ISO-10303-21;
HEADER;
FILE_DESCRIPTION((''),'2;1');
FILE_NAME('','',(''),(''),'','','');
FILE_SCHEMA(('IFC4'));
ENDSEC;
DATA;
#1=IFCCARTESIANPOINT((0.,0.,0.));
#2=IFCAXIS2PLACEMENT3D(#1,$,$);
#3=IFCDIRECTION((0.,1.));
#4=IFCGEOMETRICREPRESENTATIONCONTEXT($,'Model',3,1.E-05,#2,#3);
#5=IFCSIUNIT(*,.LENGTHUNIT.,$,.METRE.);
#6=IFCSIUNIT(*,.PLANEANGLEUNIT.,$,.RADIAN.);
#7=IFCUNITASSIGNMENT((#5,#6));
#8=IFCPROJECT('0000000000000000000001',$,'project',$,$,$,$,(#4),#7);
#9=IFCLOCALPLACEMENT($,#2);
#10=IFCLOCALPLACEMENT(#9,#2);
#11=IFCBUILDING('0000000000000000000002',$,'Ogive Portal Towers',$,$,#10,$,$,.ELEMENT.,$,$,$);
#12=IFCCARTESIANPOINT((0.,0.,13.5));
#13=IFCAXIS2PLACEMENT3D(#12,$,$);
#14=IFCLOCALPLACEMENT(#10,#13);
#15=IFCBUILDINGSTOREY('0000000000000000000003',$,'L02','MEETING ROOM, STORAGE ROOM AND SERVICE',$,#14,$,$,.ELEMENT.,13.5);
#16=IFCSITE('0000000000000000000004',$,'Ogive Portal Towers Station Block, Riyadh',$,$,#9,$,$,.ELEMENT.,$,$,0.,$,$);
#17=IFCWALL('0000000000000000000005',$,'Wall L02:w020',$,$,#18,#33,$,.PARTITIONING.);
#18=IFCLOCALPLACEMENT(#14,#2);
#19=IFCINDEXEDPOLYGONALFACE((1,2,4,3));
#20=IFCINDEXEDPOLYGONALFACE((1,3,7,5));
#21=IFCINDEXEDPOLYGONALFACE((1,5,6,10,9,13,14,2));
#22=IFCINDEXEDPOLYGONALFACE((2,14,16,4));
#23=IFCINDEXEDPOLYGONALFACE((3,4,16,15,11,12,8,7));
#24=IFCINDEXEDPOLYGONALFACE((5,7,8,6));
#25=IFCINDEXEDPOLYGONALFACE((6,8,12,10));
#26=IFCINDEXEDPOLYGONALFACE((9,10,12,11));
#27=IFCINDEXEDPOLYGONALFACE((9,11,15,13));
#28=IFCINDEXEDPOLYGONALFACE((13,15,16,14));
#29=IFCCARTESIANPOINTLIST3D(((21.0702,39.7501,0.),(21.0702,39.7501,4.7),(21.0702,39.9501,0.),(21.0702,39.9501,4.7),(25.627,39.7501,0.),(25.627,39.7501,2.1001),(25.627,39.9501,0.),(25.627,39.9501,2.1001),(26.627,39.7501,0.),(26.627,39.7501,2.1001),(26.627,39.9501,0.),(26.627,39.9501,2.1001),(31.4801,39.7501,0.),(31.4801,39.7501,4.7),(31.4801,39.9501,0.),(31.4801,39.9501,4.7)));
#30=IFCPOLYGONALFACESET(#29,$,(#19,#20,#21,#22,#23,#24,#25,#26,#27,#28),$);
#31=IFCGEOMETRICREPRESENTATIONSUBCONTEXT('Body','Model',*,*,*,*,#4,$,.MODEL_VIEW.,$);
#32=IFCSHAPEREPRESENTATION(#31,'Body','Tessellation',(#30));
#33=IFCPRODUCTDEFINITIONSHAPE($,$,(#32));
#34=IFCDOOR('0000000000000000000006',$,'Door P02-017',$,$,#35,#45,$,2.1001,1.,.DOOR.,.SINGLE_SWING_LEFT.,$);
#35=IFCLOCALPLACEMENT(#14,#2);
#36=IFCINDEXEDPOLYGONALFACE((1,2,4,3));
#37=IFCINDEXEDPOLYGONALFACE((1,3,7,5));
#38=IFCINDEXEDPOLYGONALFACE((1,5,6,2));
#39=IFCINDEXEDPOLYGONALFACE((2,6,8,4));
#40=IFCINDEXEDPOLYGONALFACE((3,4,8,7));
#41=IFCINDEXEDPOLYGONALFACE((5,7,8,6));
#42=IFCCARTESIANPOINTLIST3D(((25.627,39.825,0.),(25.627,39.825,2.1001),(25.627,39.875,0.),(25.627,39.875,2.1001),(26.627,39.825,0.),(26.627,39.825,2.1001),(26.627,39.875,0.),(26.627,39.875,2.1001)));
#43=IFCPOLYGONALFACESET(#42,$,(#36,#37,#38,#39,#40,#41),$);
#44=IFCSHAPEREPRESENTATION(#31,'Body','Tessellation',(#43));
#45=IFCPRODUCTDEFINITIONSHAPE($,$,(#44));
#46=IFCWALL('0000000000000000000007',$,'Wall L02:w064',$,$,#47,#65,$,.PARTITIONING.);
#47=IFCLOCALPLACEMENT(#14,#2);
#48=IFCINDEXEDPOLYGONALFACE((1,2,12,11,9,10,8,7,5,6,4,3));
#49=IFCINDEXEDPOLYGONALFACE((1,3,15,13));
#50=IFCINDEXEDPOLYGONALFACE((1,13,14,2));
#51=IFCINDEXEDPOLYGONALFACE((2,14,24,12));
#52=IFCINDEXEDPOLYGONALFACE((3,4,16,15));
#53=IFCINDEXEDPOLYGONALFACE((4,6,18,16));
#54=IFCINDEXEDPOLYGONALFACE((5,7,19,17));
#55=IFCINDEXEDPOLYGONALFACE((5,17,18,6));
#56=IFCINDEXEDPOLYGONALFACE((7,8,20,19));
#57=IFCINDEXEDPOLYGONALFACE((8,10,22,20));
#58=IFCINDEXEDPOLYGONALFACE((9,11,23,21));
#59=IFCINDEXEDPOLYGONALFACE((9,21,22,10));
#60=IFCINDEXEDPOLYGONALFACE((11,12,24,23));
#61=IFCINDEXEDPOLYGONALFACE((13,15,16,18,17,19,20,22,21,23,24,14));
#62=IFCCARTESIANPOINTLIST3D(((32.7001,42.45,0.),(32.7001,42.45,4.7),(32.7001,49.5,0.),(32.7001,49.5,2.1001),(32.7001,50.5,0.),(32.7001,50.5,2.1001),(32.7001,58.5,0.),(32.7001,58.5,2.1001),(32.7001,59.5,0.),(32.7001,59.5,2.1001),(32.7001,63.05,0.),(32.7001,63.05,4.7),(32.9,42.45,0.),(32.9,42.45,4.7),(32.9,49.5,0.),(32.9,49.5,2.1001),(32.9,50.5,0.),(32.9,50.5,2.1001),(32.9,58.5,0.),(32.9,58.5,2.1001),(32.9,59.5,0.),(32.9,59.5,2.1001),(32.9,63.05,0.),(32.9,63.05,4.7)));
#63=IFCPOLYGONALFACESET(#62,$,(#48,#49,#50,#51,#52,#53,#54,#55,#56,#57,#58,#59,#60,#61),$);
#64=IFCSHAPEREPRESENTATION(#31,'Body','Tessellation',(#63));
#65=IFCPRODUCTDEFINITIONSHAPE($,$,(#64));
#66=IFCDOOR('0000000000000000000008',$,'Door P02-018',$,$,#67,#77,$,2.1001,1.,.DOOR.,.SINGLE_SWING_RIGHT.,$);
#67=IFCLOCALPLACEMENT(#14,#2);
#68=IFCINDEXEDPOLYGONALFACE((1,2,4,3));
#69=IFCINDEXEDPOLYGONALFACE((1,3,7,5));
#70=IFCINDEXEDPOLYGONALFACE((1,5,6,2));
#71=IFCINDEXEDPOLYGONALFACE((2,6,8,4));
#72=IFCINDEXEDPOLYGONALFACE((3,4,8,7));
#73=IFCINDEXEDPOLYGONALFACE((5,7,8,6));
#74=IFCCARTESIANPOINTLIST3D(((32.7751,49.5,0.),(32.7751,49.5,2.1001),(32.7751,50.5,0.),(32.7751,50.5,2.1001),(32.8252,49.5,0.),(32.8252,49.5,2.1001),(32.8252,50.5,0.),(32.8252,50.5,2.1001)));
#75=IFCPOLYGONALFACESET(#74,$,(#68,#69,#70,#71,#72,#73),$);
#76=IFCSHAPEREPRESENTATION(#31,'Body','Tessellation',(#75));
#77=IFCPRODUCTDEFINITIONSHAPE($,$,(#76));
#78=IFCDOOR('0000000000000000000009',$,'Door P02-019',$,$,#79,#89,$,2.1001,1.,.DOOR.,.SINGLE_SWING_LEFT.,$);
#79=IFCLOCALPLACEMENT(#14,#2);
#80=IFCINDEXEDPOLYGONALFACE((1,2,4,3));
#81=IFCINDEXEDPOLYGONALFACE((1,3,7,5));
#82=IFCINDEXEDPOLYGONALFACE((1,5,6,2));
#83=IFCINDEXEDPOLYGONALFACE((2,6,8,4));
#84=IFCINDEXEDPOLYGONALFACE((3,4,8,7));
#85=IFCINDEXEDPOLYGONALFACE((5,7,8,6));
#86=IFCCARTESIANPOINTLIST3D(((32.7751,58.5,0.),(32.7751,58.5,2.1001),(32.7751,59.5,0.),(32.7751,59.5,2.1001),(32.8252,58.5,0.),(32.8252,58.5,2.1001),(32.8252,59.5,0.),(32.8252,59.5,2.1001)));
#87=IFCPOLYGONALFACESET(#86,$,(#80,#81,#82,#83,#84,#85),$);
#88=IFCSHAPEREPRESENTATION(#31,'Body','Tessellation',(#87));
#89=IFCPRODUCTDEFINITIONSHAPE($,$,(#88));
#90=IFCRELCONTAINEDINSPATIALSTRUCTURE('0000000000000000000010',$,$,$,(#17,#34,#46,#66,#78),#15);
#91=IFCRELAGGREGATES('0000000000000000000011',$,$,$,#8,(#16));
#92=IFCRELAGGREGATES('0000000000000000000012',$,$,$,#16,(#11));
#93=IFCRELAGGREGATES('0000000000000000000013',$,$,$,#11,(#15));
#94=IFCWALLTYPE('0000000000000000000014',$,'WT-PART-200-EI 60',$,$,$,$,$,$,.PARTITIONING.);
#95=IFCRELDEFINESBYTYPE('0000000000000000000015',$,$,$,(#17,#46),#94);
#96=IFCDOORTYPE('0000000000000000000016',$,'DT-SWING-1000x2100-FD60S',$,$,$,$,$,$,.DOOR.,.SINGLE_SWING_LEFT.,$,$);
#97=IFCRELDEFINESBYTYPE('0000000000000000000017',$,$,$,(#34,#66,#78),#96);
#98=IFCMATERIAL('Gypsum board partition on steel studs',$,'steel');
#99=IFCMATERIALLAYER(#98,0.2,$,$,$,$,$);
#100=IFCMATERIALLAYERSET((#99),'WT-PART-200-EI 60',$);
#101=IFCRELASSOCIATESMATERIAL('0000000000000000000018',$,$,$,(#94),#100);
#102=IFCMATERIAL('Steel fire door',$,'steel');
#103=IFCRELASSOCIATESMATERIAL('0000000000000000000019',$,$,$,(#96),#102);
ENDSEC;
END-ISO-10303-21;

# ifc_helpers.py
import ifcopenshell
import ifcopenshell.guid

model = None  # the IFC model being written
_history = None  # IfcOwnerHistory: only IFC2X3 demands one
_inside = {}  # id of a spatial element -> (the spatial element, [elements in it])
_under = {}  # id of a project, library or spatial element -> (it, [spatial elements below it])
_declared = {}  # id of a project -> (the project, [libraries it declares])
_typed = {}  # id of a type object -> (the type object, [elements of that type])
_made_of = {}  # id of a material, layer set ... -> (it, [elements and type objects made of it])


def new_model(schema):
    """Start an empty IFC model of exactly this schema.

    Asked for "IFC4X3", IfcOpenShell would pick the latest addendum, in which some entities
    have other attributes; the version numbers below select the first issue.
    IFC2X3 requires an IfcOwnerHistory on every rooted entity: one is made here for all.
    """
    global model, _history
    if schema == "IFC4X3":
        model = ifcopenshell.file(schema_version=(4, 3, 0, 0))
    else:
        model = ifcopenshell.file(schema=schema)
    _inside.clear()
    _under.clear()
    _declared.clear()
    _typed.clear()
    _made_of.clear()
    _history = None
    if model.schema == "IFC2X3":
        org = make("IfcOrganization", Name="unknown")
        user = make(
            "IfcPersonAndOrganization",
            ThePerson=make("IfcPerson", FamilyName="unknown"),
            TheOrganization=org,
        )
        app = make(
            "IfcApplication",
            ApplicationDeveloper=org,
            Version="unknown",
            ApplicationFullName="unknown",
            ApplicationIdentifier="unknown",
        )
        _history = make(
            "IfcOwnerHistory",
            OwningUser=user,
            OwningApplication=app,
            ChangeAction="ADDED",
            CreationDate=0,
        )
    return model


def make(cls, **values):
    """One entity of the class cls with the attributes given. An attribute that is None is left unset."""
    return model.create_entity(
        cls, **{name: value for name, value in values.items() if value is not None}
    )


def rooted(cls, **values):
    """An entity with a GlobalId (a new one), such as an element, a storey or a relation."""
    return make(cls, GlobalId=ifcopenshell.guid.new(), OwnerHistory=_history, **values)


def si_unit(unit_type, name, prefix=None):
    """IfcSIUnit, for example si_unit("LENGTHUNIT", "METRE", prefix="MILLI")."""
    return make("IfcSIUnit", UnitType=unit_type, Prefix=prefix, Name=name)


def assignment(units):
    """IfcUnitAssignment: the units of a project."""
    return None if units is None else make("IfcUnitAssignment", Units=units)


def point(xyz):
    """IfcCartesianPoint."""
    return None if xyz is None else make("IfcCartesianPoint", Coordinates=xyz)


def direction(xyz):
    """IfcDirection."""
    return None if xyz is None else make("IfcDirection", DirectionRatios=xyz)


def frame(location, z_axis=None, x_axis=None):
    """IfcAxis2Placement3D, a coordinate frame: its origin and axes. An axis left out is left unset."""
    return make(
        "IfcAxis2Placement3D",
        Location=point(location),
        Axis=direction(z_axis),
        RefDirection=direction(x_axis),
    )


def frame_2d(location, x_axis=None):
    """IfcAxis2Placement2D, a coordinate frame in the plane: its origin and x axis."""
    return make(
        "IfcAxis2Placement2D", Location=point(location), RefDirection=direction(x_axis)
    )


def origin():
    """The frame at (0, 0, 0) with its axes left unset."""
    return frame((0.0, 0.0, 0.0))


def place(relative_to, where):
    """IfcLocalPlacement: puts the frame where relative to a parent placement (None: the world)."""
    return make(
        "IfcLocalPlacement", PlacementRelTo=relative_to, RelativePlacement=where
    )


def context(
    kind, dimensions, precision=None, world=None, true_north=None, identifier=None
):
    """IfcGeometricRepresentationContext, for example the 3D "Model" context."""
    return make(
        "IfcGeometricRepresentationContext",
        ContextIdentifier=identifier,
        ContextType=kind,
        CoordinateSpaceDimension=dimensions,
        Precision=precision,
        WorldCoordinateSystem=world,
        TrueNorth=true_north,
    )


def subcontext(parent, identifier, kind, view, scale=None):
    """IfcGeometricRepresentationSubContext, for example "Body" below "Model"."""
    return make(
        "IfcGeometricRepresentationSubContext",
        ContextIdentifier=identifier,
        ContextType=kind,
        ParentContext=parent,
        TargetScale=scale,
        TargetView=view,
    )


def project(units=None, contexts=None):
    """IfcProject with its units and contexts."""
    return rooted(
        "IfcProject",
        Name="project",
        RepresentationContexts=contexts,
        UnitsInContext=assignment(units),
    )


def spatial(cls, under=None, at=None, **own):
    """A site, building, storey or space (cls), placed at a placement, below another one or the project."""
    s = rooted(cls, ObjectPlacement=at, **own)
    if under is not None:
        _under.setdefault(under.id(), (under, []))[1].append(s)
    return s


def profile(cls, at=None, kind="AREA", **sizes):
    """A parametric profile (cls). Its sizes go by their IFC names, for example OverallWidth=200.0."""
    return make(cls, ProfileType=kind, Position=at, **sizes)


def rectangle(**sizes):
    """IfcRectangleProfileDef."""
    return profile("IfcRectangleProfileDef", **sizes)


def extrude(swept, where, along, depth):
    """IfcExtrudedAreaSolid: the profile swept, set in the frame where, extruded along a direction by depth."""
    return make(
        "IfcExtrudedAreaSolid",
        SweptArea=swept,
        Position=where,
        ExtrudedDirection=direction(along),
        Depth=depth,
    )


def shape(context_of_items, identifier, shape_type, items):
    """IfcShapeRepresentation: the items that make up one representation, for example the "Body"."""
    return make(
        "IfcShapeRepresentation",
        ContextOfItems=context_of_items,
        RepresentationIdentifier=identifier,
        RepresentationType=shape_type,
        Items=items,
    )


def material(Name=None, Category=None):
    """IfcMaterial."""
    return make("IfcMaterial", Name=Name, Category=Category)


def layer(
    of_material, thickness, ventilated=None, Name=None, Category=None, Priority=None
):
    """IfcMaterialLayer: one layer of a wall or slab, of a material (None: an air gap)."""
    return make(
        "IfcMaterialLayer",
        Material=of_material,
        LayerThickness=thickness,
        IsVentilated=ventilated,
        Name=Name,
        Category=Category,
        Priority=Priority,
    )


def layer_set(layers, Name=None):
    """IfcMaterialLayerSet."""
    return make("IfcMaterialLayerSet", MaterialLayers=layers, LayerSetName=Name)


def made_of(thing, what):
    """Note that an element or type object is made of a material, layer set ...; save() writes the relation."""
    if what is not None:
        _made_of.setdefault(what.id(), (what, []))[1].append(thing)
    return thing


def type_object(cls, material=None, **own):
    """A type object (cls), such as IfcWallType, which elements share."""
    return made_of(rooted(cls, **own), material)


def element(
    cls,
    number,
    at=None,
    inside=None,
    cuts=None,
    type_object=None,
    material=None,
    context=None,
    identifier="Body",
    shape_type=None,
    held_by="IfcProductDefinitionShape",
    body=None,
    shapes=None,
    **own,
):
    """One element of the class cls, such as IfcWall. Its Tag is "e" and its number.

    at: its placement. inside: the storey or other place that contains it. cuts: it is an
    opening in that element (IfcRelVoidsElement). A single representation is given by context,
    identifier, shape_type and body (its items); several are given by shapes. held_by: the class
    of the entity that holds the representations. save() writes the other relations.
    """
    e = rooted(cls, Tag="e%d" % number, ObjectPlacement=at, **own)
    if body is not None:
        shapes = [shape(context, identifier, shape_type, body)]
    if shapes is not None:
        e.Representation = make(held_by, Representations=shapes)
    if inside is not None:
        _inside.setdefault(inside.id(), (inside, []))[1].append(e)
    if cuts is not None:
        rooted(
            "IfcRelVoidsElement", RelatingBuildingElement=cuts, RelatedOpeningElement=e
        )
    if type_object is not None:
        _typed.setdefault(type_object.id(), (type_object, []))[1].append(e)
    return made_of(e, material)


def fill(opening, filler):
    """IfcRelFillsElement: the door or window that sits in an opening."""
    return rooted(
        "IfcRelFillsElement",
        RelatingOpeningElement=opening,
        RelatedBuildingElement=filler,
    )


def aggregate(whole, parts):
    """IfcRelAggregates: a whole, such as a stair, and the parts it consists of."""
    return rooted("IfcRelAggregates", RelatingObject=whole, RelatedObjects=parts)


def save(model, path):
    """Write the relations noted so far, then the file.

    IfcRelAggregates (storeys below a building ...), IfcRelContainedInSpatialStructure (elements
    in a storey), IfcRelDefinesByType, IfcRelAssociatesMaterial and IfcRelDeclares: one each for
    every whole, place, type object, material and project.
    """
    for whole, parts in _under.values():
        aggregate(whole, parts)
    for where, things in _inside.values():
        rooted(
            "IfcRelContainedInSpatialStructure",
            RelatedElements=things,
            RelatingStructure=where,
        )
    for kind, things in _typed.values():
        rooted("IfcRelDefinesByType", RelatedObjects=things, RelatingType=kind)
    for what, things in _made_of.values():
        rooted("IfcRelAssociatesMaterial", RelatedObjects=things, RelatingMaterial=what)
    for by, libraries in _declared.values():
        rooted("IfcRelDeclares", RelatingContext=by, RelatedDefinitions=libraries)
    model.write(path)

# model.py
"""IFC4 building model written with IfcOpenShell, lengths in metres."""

from ifc_helpers import new_model, si_unit, direction, frame, frame_2d, origin, place, context, subcontext, project, spatial, rectangle, extrude, material, layer, layer_set, type_object, element, fill, save


model = new_model("IFC4")

# Units and contexts
model_context = context("Model", 3, precision=1e-05, world=origin(), true_north=direction((0.0, 1.0)))
body_context = subcontext(model_context, "Body", "Model", "MODEL_VIEW")
ifc_project = project(units=[si_unit("LENGTHUNIT", "METRE"), si_unit("PLANEANGLEUNIT", "RADIAN")], contexts=[model_context])

# Site, building, storey
site_placement = place(None, origin())
site = spatial("IfcSite", under=ifc_project, at=site_placement, Name="Ogive Portal Towers Station Block, Riyadh", CompositionType="ELEMENT", RefElevation=0.0)
building_placement = place(site_placement, origin())
building = spatial("IfcBuilding", under=site, at=building_placement, Name="Ogive Portal Towers", CompositionType="ELEMENT")
storey_placement = place(building_placement, frame((0.0, 0.0, 13.5)))
storey = spatial("IfcBuildingStorey", under=building, at=storey_placement, Name="L02", Description="MEETING ROOM, STORAGE ROOM AND SERVICE", CompositionType="ELEMENT", Elevation=13.5)

# Shared definitions
ifc_material_1 = material(Name="Steel fire door", Category="steel")

# Wall, opening, door
ifc_material_2 = material(Name="Gypsum board partition on steel studs", Category="steel")
ifc_layer_1 = layer(ifc_material_2, 0.2)
ifc_layer_set_1 = layer_set([ifc_layer_1], Name="WT-PART-200-EI 60")
wall_type_1 = type_object("IfcWallType", Name="WT-PART-200-EI 60", PredefinedType="PARTITIONING", material=ifc_layer_set_1)
wall_1_placement = place(storey_placement, frame((21.0701, 39.8501, 0.0), z_axis=(0.0, 0.0, 1.0), x_axis=(1.0, 0.0, 0.0)))
wall_1 = element("IfcWall", 1, at=wall_1_placement, inside=storey, type_object=wall_type_1, Name="Wall L02:w020", PredefinedType="PARTITIONING", context=body_context, shape_type="SweptSolid", body=[
    extrude(rectangle(XDim=10.4099, YDim=0.2, at=frame_2d((5.2051, 0.0))), origin(), (0.0, 0.0, 1.0), 4.7),
])
opening_1_placement = place(wall_1_placement, frame((4.5569, 0.0, 0.0)))
opening_1 = element("IfcOpeningElement", 2, at=opening_1_placement, cuts=wall_1, PredefinedType="OPENING", context=body_context, shape_type="SweptSolid", body=[
    extrude(rectangle(XDim=1.0, YDim=2.1001, at=frame_2d((0.5, 1.05))), frame((0.0, 0.1099, 0.0), z_axis=(0.0, -1.0, 0.0), x_axis=(1.0, 0.0, 0.0)), (0.0, 0.0, 1.0), 0.22),
])
door_type_1 = type_object("IfcDoorType", Name="DT-SWING-1000x2100-FD60S", OperationType="SINGLE_SWING_LEFT", PredefinedType="DOOR", material=ifc_material_1)
door_1_placement = place(opening_1_placement, origin())
door_1 = element("IfcDoor", 3, at=door_1_placement, inside=storey, type_object=door_type_1, Name="Door P02-017", OperationType="SINGLE_SWING_LEFT", OverallHeight=2.1001, OverallWidth=1.0, PredefinedType="DOOR", context=body_context, shape_type="SweptSolid", body=[
    extrude(rectangle(XDim=1.0, YDim=2.1001, at=frame_2d((0.5, 1.05))), frame((0.0, 0.0249, 0.0), z_axis=(0.0, -1.0, 0.0), x_axis=(1.0, 0.0, 0.0)), (0.0, 0.0, 1.0), 0.05),
])
fill(opening_1, door_1)

# Wall, openings, doors
wall_2_placement = place(storey_placement, frame((32.8, 42.45, 0.0), z_axis=(0.0, 0.0, 1.0), x_axis=(0.0, 1.0, 0.0)))
wall_2 = element("IfcWall", 4, at=wall_2_placement, inside=storey, type_object=wall_type_1, Name="Wall L02:w064", PredefinedType="PARTITIONING", context=body_context, shape_type="SweptSolid", body=[
    extrude(rectangle(XDim=20.6001, YDim=0.2, at=frame_2d((10.3, 0.0))), origin(), (0.0, 0.0, 1.0), 4.7),
])
opening_2_placement = place(wall_2_placement, frame((7.05, 0.0, 0.0)))
opening_2 = element("IfcOpeningElement", 5, at=opening_2_placement, cuts=wall_2, PredefinedType="OPENING", context=body_context, shape_type="SweptSolid", body=[
    extrude(rectangle(XDim=1.0, YDim=2.1001, at=frame_2d((0.5, 1.05))), frame((0.0, 0.1099, 0.0), z_axis=(0.0, -1.0, 0.0), x_axis=(1.0, 0.0, 0.0)), (0.0, 0.0, 1.0), 0.22),
])
opening_3_placement = place(wall_2_placement, frame((16.05, 0.0, 0.0)))
opening_3 = element("IfcOpeningElement", 6, at=opening_3_placement, cuts=wall_2, PredefinedType="OPENING", context=body_context, shape_type="SweptSolid", body=[
    extrude(rectangle(XDim=1.0, YDim=2.1001, at=frame_2d((0.5, 1.05))), frame((0.0, 0.1099, 0.0), z_axis=(0.0, -1.0, 0.0), x_axis=(1.0, 0.0, 0.0)), (0.0, 0.0, 1.0), 0.22),
])
door_2_placement = place(opening_2_placement, origin())
door_2 = element("IfcDoor", 7, at=door_2_placement, inside=storey, type_object=door_type_1, Name="Door P02-018", OperationType="SINGLE_SWING_RIGHT", OverallHeight=2.1001, OverallWidth=1.0, PredefinedType="DOOR", context=body_context, shape_type="SweptSolid", body=[
    extrude(rectangle(XDim=1.0, YDim=2.1001, at=frame_2d((0.5, 1.05))), frame((0.0, 0.0249, 0.0), z_axis=(0.0, -1.0, 0.0), x_axis=(1.0, 0.0, 0.0)), (0.0, 0.0, 1.0), 0.05),
])
fill(opening_2, door_2)
door_3_placement = place(opening_3_placement, origin())
door_3 = element("IfcDoor", 8, at=door_3_placement, inside=storey, type_object=door_type_1, Name="Door P02-019", OperationType="SINGLE_SWING_LEFT", OverallHeight=2.1001, OverallWidth=1.0, PredefinedType="DOOR", context=body_context, shape_type="SweptSolid", body=[
    extrude(rectangle(XDim=1.0, YDim=2.1001, at=frame_2d((0.5, 1.05))), frame((0.0, 0.0249, 0.0), z_axis=(0.0, -1.0, 0.0), x_axis=(1.0, 0.0, 0.0)), (0.0, 0.0, 1.0), 0.05),
])
fill(opening_3, door_3)

save(model, "model.ifc")
